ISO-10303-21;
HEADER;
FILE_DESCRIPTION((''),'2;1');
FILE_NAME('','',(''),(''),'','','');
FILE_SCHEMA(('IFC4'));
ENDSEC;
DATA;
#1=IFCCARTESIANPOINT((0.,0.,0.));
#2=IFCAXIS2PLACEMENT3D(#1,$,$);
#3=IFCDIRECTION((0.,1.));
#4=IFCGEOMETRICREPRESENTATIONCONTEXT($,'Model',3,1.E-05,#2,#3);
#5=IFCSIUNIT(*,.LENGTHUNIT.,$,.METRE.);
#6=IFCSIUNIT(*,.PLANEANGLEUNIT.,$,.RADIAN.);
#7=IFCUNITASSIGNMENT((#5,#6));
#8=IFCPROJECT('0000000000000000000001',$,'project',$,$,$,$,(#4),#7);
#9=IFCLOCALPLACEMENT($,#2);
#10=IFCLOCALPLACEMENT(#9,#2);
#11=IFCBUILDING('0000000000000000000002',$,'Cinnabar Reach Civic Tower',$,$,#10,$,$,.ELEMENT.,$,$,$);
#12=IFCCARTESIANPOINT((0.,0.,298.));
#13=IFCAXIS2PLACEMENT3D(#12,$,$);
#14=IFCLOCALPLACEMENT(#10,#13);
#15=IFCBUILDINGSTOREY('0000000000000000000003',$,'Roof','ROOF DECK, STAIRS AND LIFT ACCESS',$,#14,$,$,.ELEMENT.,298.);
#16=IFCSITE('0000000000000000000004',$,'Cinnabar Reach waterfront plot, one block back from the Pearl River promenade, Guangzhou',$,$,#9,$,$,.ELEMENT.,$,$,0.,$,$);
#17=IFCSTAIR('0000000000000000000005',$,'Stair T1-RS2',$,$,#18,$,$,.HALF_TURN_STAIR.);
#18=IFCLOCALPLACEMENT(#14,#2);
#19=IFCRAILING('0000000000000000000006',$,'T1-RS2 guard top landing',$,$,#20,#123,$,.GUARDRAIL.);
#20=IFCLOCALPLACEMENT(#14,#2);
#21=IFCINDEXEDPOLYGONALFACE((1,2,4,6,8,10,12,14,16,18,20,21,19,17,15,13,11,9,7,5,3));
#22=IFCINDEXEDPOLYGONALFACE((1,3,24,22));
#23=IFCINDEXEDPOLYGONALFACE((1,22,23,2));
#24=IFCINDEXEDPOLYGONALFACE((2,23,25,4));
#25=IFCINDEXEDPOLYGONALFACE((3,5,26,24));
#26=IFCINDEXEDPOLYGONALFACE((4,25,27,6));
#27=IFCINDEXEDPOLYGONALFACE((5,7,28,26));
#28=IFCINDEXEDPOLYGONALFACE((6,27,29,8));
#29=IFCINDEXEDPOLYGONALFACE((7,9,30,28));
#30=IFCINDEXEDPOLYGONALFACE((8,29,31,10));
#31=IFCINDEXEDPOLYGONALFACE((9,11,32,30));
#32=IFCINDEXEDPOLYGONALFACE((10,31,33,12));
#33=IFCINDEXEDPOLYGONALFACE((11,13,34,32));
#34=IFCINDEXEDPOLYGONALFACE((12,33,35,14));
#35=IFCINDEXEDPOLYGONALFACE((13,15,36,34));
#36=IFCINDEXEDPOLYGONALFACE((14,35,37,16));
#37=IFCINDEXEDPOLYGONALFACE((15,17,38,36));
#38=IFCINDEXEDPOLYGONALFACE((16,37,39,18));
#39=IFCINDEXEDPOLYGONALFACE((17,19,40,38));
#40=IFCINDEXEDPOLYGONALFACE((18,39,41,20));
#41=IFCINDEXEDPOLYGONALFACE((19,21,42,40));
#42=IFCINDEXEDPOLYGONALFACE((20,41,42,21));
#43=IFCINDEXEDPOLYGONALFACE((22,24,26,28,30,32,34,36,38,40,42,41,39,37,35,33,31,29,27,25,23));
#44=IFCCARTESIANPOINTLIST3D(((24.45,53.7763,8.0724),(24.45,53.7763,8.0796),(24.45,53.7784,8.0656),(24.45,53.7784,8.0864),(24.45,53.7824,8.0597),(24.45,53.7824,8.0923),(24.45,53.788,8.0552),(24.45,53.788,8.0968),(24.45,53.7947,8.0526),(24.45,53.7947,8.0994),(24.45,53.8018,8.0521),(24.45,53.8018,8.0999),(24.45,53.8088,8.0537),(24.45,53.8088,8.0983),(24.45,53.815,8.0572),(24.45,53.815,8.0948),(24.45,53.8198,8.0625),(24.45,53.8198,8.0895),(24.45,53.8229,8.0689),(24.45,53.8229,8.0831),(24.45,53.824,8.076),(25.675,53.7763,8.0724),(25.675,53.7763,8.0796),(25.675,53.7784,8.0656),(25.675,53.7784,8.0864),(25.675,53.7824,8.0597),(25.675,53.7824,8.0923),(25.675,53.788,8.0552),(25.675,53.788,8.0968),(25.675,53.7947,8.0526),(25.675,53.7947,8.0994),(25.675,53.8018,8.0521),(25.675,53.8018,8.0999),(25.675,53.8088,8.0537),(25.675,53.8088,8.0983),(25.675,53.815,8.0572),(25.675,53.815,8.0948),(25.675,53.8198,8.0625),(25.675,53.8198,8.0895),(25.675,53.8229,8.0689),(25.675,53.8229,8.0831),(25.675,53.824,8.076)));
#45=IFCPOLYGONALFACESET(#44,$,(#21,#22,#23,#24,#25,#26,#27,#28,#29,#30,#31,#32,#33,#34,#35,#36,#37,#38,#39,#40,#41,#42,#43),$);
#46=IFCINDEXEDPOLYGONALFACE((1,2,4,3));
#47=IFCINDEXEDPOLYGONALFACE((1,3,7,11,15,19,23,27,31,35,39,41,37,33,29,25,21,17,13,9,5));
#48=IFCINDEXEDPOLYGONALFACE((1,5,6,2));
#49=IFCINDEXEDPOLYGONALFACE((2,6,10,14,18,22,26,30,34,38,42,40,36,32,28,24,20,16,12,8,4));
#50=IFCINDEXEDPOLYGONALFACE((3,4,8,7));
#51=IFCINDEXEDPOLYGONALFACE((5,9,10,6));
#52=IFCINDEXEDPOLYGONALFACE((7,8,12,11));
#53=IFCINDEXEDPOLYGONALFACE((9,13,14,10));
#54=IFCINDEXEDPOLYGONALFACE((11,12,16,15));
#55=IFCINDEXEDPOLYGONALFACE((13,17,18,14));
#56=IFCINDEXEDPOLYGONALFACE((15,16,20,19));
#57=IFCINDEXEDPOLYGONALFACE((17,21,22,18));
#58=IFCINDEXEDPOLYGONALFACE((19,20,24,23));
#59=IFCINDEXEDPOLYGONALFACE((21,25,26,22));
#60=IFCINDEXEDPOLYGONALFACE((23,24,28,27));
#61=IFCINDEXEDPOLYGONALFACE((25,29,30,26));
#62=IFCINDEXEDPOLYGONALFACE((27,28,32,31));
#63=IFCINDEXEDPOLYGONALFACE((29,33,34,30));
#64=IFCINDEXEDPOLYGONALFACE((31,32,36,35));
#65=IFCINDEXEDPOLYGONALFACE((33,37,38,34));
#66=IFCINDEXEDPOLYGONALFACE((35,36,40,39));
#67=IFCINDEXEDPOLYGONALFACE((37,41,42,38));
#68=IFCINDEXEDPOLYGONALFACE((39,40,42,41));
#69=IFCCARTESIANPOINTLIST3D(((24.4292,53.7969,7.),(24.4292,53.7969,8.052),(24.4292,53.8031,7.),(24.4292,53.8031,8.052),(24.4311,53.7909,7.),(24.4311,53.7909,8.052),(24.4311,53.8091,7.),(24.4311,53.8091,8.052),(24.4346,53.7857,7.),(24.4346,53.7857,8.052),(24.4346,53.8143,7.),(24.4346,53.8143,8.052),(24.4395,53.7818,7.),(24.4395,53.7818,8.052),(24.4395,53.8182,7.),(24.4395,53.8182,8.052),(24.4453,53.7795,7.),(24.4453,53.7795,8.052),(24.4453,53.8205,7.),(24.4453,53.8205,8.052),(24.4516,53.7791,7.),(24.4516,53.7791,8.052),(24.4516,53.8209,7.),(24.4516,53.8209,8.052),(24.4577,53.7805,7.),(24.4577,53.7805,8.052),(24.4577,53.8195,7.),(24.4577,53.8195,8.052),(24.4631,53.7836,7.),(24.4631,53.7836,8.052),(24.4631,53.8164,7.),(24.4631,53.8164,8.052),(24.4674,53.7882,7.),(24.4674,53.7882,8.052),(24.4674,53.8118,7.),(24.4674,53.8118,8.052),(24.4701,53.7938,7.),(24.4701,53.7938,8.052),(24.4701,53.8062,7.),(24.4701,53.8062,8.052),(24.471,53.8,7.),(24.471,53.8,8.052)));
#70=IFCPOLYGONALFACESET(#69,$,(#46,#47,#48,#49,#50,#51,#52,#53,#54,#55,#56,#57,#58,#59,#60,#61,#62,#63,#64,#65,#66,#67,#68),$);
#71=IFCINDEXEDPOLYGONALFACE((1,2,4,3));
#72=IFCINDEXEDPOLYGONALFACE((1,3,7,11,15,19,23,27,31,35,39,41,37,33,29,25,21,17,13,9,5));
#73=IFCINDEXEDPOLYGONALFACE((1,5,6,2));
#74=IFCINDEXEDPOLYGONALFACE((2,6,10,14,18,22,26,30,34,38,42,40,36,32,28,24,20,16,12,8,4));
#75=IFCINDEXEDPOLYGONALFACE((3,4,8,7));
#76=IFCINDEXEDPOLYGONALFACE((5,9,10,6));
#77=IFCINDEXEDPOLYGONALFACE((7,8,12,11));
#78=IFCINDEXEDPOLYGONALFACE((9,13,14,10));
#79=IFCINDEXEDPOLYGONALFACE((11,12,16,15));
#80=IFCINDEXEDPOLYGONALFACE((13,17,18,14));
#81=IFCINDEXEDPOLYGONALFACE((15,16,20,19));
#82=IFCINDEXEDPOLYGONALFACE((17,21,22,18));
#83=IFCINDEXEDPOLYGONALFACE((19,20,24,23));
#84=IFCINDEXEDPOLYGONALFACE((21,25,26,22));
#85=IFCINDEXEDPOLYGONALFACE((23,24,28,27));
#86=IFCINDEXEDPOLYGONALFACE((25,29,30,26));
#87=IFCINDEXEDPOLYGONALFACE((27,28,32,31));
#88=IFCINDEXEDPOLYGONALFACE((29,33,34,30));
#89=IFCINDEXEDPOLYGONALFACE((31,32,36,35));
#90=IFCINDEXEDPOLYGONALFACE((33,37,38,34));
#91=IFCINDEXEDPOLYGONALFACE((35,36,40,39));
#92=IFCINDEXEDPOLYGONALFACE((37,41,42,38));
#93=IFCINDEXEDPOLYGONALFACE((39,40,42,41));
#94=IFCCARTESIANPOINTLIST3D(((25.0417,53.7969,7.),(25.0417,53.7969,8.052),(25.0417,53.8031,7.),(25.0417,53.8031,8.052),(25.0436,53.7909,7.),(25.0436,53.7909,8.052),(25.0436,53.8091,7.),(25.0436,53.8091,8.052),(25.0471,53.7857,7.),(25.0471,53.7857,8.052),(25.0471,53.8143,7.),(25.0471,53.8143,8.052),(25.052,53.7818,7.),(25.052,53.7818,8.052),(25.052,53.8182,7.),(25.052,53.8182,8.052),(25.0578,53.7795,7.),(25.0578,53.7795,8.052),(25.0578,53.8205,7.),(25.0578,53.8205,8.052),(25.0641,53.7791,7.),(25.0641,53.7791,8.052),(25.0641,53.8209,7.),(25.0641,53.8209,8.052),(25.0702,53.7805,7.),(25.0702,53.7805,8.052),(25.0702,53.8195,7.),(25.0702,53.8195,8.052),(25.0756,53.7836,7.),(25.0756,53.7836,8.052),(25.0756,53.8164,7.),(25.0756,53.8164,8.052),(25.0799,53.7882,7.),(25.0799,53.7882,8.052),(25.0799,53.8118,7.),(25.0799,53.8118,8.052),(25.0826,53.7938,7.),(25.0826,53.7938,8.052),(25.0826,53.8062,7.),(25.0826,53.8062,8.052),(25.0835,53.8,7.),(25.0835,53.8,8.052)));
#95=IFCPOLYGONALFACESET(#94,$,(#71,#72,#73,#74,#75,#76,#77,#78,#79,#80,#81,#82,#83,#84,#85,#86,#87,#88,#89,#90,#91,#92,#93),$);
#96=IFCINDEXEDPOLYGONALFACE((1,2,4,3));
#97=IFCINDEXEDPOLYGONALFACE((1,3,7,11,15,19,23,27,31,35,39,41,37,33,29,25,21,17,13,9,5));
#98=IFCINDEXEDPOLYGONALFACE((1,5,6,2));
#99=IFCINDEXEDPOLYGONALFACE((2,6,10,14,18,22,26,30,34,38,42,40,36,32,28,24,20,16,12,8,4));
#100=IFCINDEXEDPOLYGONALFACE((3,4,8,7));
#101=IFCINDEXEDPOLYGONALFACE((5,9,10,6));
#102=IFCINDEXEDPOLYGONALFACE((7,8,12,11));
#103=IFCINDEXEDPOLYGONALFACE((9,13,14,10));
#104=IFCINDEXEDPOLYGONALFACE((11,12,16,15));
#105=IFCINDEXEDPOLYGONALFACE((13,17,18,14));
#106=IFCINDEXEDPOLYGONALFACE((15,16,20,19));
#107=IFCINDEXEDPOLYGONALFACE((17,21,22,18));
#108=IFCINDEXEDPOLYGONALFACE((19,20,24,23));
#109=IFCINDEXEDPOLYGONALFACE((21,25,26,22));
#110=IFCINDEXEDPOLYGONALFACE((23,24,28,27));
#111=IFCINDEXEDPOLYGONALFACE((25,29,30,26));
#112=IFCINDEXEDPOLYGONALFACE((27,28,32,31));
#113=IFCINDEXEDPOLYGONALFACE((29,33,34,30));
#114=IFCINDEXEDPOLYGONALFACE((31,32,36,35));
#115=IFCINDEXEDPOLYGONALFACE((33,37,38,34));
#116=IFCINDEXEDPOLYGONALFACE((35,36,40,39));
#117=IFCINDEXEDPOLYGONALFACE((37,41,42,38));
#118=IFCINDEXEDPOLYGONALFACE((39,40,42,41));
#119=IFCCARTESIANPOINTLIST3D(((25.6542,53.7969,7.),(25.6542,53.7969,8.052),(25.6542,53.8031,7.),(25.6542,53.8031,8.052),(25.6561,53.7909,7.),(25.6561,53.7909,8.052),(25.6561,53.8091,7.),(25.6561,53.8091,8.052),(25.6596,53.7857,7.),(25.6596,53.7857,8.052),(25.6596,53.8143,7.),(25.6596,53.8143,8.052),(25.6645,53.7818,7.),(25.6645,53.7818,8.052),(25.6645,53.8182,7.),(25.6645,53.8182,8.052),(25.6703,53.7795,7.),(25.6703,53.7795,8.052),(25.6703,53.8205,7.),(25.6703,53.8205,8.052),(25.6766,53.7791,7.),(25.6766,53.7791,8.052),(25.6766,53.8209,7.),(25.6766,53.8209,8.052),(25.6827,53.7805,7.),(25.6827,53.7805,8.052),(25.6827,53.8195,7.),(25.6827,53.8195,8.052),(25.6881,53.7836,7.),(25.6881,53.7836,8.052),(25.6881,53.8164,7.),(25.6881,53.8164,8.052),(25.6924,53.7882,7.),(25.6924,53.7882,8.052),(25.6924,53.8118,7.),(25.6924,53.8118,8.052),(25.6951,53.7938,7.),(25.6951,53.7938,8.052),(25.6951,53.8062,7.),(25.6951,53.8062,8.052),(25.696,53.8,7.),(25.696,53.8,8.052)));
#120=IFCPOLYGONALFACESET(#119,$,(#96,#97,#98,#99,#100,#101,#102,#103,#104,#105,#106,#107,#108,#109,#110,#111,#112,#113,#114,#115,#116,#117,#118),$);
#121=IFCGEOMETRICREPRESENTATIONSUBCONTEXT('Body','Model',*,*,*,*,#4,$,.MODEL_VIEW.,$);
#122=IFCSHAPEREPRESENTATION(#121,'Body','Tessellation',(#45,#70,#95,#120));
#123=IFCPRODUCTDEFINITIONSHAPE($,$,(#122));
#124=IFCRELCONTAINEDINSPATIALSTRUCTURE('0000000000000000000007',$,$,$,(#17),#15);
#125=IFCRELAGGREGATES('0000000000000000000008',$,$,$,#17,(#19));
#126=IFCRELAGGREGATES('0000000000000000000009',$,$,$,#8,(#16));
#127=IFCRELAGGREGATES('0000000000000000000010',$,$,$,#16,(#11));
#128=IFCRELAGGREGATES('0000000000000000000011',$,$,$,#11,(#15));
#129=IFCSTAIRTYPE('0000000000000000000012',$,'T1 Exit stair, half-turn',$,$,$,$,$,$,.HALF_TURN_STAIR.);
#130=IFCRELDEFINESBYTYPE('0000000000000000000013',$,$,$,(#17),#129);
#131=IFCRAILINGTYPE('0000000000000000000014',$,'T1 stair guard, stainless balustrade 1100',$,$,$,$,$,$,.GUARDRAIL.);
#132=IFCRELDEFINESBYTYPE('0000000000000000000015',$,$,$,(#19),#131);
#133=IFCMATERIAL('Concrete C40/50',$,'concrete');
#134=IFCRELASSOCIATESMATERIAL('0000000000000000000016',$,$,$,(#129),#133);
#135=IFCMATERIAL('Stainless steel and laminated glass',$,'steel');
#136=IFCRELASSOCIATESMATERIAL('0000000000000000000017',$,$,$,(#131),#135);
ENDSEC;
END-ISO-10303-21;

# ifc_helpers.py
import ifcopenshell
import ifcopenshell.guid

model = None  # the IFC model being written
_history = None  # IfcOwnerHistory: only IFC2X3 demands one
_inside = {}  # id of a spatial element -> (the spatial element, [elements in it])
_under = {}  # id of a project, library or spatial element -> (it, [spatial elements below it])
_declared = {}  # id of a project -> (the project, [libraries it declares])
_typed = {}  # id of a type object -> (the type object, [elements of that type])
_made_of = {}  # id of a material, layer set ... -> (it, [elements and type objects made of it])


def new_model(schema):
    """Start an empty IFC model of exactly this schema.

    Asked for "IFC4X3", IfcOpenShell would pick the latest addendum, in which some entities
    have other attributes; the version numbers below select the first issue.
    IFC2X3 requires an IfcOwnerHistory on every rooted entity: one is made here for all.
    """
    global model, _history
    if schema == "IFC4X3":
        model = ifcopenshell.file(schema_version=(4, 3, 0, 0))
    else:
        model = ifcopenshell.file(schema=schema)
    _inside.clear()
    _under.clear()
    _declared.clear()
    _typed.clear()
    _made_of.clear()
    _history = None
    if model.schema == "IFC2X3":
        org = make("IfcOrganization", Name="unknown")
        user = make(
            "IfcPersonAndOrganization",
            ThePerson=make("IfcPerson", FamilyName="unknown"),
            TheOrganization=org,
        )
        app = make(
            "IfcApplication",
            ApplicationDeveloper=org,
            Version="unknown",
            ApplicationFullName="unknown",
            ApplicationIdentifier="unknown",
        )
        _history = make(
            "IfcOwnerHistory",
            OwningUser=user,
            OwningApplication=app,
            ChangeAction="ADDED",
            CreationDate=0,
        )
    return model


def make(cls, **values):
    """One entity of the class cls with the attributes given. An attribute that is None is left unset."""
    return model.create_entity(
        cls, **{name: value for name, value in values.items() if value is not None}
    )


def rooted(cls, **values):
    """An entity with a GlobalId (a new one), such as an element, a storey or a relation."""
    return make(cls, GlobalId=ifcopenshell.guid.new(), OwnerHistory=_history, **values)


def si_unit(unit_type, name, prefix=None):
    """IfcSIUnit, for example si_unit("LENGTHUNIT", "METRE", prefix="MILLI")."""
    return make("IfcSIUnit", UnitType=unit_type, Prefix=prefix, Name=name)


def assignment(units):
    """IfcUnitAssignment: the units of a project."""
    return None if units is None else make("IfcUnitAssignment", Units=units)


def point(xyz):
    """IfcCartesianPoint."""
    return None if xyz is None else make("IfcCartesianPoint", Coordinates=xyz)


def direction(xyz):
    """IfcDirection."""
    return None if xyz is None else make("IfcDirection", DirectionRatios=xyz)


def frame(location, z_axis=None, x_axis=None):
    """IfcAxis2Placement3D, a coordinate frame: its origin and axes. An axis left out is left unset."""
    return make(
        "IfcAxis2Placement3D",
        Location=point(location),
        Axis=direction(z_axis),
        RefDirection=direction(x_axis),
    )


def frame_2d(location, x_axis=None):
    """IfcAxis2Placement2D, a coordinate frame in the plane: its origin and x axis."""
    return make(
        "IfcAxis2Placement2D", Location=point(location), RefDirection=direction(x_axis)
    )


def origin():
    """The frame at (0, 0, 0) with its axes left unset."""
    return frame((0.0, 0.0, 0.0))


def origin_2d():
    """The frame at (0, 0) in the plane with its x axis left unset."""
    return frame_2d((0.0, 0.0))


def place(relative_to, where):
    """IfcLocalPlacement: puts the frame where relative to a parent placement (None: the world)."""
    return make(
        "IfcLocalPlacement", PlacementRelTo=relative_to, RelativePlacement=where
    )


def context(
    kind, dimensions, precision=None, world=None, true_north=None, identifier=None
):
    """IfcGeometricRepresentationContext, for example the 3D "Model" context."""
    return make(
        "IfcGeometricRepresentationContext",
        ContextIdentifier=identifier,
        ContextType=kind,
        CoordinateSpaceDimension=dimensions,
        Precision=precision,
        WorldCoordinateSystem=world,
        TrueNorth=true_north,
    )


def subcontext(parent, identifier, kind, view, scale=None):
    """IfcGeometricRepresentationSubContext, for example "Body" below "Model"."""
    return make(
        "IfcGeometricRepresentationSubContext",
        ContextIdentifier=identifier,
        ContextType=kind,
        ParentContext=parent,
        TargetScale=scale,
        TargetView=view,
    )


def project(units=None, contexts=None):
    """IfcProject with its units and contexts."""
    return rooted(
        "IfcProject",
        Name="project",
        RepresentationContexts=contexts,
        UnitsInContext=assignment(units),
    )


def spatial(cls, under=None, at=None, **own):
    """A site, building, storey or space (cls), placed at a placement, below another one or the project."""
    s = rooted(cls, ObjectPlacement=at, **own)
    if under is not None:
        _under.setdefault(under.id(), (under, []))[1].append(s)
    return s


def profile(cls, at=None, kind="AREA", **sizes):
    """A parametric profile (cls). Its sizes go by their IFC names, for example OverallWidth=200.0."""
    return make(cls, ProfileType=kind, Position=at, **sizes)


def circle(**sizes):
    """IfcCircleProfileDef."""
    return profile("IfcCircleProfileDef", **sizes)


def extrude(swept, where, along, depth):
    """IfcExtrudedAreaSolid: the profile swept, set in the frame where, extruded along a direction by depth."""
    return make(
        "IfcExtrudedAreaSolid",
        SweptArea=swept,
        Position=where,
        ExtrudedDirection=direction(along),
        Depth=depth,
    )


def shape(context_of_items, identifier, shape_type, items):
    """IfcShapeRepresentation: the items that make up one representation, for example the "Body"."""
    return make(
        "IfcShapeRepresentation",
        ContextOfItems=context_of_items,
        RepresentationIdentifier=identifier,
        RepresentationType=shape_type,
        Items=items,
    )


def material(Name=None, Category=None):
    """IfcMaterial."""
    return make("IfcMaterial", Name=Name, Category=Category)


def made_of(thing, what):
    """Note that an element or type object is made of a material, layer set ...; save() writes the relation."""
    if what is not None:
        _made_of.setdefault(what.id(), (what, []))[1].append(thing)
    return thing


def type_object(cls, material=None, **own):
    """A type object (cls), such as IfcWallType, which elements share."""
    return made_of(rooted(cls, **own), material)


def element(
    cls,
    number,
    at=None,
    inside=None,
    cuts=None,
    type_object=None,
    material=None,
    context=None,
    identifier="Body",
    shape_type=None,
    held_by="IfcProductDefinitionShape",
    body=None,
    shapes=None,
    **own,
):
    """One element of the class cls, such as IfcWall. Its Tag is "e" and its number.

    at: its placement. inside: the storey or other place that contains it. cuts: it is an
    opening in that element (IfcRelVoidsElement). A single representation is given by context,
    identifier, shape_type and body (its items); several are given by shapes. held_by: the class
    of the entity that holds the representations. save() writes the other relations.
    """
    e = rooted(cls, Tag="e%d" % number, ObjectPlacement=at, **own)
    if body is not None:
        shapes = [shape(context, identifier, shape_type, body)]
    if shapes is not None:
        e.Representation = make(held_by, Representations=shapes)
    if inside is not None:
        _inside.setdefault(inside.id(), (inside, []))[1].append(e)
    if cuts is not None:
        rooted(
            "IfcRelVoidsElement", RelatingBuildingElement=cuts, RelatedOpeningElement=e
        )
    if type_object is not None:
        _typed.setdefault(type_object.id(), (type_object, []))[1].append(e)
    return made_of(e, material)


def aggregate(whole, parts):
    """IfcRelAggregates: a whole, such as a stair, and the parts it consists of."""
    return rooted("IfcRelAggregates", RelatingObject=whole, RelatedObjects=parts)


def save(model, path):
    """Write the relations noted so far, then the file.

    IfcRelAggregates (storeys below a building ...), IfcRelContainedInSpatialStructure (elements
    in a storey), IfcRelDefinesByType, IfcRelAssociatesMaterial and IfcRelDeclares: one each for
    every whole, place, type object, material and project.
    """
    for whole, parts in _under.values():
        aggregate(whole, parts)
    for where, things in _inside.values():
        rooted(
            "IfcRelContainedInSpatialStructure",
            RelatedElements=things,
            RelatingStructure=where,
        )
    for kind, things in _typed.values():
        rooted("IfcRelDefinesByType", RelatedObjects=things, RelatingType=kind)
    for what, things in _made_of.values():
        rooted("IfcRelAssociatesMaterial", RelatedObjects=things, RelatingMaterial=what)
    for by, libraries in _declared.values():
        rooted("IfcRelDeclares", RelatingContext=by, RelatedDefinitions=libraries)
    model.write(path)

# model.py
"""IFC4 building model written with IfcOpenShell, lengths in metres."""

from ifc_helpers import new_model, si_unit, direction, frame, origin, origin_2d, place, context, subcontext, project, spatial, circle, extrude, material, type_object, element, aggregate, save


model = new_model("IFC4")

# Units and contexts
model_context = context("Model", 3, precision=1e-05, world=origin(), true_north=direction((0.0, 1.0)))
body_context = subcontext(model_context, "Body", "Model", "MODEL_VIEW")
ifc_project = project(units=[si_unit("LENGTHUNIT", "METRE"), si_unit("PLANEANGLEUNIT", "RADIAN")], contexts=[model_context])

# Site, building, storey
site_placement = place(None, origin())
site = spatial("IfcSite", under=ifc_project, at=site_placement, Name="Cinnabar Reach waterfront plot, one block back from the Pearl River promenade, Guangzhou", CompositionType="ELEMENT", RefElevation=0.0)
building_placement = place(site_placement, origin())
building = spatial("IfcBuilding", under=site, at=building_placement, Name="Cinnabar Reach Civic Tower", CompositionType="ELEMENT")
storey_placement = place(building_placement, frame((0.0, 0.0, 298.0)))
storey = spatial("IfcBuildingStorey", under=building, at=storey_placement, Name="Roof", Description="ROOF DECK, STAIRS AND LIFT ACCESS", CompositionType="ELEMENT", Elevation=298.0)

# Shared definitions
ifc_material_1 = material(Name="Concrete C40/50", Category="concrete")

# Stair, railing
stair_type = type_object("IfcStairType", Name="T1 Exit stair, half-turn", PredefinedType="HALF_TURN_STAIR", material=ifc_material_1)
stair_placement = place(storey_placement, origin())
stair = element("IfcStair", 1, at=stair_placement, inside=storey, type_object=stair_type, Name="Stair T1-RS2", PredefinedType="HALF_TURN_STAIR")
ifc_material_2 = material(Name="Stainless steel and laminated glass", Category="steel")
railing_type_1 = type_object("IfcRailingType", Name="T1 stair guard, stainless balustrade 1100", PredefinedType="GUARDRAIL", material=ifc_material_2)
railing_1_placement = place(storey_placement, frame((24.45, 53.8, 7.0)))
railing_1 = element("IfcRailing", 2, at=railing_1_placement, type_object=railing_type_1, Name="T1-RS2 guard top landing", PredefinedType="GUARDRAIL", context=body_context, shape_type="SweptSolid", body=[
    extrude(circle(Radius=0.024, at=origin_2d()), frame((0.0, 0.0, 1.076), z_axis=(1.0, 0.0, 0.0), x_axis=(0.0, 1.0, 0.0)), (0.0, 0.0, 1.0), 1.225),
    extrude(circle(Radius=0.021, at=origin_2d()), origin(), (0.0, 0.0, 1.0), 1.052),
    extrude(circle(Radius=0.021, at=origin_2d()), frame((0.6125, 0.0, 0.0)), (0.0, 0.0, 1.0), 1.052),
    extrude(circle(Radius=0.021, at=origin_2d()), frame((1.225, 0.0, 0.0)), (0.0, 0.0, 1.0), 1.052),
])
aggregate(stair, [railing_1])

save(model, "model.ifc")
